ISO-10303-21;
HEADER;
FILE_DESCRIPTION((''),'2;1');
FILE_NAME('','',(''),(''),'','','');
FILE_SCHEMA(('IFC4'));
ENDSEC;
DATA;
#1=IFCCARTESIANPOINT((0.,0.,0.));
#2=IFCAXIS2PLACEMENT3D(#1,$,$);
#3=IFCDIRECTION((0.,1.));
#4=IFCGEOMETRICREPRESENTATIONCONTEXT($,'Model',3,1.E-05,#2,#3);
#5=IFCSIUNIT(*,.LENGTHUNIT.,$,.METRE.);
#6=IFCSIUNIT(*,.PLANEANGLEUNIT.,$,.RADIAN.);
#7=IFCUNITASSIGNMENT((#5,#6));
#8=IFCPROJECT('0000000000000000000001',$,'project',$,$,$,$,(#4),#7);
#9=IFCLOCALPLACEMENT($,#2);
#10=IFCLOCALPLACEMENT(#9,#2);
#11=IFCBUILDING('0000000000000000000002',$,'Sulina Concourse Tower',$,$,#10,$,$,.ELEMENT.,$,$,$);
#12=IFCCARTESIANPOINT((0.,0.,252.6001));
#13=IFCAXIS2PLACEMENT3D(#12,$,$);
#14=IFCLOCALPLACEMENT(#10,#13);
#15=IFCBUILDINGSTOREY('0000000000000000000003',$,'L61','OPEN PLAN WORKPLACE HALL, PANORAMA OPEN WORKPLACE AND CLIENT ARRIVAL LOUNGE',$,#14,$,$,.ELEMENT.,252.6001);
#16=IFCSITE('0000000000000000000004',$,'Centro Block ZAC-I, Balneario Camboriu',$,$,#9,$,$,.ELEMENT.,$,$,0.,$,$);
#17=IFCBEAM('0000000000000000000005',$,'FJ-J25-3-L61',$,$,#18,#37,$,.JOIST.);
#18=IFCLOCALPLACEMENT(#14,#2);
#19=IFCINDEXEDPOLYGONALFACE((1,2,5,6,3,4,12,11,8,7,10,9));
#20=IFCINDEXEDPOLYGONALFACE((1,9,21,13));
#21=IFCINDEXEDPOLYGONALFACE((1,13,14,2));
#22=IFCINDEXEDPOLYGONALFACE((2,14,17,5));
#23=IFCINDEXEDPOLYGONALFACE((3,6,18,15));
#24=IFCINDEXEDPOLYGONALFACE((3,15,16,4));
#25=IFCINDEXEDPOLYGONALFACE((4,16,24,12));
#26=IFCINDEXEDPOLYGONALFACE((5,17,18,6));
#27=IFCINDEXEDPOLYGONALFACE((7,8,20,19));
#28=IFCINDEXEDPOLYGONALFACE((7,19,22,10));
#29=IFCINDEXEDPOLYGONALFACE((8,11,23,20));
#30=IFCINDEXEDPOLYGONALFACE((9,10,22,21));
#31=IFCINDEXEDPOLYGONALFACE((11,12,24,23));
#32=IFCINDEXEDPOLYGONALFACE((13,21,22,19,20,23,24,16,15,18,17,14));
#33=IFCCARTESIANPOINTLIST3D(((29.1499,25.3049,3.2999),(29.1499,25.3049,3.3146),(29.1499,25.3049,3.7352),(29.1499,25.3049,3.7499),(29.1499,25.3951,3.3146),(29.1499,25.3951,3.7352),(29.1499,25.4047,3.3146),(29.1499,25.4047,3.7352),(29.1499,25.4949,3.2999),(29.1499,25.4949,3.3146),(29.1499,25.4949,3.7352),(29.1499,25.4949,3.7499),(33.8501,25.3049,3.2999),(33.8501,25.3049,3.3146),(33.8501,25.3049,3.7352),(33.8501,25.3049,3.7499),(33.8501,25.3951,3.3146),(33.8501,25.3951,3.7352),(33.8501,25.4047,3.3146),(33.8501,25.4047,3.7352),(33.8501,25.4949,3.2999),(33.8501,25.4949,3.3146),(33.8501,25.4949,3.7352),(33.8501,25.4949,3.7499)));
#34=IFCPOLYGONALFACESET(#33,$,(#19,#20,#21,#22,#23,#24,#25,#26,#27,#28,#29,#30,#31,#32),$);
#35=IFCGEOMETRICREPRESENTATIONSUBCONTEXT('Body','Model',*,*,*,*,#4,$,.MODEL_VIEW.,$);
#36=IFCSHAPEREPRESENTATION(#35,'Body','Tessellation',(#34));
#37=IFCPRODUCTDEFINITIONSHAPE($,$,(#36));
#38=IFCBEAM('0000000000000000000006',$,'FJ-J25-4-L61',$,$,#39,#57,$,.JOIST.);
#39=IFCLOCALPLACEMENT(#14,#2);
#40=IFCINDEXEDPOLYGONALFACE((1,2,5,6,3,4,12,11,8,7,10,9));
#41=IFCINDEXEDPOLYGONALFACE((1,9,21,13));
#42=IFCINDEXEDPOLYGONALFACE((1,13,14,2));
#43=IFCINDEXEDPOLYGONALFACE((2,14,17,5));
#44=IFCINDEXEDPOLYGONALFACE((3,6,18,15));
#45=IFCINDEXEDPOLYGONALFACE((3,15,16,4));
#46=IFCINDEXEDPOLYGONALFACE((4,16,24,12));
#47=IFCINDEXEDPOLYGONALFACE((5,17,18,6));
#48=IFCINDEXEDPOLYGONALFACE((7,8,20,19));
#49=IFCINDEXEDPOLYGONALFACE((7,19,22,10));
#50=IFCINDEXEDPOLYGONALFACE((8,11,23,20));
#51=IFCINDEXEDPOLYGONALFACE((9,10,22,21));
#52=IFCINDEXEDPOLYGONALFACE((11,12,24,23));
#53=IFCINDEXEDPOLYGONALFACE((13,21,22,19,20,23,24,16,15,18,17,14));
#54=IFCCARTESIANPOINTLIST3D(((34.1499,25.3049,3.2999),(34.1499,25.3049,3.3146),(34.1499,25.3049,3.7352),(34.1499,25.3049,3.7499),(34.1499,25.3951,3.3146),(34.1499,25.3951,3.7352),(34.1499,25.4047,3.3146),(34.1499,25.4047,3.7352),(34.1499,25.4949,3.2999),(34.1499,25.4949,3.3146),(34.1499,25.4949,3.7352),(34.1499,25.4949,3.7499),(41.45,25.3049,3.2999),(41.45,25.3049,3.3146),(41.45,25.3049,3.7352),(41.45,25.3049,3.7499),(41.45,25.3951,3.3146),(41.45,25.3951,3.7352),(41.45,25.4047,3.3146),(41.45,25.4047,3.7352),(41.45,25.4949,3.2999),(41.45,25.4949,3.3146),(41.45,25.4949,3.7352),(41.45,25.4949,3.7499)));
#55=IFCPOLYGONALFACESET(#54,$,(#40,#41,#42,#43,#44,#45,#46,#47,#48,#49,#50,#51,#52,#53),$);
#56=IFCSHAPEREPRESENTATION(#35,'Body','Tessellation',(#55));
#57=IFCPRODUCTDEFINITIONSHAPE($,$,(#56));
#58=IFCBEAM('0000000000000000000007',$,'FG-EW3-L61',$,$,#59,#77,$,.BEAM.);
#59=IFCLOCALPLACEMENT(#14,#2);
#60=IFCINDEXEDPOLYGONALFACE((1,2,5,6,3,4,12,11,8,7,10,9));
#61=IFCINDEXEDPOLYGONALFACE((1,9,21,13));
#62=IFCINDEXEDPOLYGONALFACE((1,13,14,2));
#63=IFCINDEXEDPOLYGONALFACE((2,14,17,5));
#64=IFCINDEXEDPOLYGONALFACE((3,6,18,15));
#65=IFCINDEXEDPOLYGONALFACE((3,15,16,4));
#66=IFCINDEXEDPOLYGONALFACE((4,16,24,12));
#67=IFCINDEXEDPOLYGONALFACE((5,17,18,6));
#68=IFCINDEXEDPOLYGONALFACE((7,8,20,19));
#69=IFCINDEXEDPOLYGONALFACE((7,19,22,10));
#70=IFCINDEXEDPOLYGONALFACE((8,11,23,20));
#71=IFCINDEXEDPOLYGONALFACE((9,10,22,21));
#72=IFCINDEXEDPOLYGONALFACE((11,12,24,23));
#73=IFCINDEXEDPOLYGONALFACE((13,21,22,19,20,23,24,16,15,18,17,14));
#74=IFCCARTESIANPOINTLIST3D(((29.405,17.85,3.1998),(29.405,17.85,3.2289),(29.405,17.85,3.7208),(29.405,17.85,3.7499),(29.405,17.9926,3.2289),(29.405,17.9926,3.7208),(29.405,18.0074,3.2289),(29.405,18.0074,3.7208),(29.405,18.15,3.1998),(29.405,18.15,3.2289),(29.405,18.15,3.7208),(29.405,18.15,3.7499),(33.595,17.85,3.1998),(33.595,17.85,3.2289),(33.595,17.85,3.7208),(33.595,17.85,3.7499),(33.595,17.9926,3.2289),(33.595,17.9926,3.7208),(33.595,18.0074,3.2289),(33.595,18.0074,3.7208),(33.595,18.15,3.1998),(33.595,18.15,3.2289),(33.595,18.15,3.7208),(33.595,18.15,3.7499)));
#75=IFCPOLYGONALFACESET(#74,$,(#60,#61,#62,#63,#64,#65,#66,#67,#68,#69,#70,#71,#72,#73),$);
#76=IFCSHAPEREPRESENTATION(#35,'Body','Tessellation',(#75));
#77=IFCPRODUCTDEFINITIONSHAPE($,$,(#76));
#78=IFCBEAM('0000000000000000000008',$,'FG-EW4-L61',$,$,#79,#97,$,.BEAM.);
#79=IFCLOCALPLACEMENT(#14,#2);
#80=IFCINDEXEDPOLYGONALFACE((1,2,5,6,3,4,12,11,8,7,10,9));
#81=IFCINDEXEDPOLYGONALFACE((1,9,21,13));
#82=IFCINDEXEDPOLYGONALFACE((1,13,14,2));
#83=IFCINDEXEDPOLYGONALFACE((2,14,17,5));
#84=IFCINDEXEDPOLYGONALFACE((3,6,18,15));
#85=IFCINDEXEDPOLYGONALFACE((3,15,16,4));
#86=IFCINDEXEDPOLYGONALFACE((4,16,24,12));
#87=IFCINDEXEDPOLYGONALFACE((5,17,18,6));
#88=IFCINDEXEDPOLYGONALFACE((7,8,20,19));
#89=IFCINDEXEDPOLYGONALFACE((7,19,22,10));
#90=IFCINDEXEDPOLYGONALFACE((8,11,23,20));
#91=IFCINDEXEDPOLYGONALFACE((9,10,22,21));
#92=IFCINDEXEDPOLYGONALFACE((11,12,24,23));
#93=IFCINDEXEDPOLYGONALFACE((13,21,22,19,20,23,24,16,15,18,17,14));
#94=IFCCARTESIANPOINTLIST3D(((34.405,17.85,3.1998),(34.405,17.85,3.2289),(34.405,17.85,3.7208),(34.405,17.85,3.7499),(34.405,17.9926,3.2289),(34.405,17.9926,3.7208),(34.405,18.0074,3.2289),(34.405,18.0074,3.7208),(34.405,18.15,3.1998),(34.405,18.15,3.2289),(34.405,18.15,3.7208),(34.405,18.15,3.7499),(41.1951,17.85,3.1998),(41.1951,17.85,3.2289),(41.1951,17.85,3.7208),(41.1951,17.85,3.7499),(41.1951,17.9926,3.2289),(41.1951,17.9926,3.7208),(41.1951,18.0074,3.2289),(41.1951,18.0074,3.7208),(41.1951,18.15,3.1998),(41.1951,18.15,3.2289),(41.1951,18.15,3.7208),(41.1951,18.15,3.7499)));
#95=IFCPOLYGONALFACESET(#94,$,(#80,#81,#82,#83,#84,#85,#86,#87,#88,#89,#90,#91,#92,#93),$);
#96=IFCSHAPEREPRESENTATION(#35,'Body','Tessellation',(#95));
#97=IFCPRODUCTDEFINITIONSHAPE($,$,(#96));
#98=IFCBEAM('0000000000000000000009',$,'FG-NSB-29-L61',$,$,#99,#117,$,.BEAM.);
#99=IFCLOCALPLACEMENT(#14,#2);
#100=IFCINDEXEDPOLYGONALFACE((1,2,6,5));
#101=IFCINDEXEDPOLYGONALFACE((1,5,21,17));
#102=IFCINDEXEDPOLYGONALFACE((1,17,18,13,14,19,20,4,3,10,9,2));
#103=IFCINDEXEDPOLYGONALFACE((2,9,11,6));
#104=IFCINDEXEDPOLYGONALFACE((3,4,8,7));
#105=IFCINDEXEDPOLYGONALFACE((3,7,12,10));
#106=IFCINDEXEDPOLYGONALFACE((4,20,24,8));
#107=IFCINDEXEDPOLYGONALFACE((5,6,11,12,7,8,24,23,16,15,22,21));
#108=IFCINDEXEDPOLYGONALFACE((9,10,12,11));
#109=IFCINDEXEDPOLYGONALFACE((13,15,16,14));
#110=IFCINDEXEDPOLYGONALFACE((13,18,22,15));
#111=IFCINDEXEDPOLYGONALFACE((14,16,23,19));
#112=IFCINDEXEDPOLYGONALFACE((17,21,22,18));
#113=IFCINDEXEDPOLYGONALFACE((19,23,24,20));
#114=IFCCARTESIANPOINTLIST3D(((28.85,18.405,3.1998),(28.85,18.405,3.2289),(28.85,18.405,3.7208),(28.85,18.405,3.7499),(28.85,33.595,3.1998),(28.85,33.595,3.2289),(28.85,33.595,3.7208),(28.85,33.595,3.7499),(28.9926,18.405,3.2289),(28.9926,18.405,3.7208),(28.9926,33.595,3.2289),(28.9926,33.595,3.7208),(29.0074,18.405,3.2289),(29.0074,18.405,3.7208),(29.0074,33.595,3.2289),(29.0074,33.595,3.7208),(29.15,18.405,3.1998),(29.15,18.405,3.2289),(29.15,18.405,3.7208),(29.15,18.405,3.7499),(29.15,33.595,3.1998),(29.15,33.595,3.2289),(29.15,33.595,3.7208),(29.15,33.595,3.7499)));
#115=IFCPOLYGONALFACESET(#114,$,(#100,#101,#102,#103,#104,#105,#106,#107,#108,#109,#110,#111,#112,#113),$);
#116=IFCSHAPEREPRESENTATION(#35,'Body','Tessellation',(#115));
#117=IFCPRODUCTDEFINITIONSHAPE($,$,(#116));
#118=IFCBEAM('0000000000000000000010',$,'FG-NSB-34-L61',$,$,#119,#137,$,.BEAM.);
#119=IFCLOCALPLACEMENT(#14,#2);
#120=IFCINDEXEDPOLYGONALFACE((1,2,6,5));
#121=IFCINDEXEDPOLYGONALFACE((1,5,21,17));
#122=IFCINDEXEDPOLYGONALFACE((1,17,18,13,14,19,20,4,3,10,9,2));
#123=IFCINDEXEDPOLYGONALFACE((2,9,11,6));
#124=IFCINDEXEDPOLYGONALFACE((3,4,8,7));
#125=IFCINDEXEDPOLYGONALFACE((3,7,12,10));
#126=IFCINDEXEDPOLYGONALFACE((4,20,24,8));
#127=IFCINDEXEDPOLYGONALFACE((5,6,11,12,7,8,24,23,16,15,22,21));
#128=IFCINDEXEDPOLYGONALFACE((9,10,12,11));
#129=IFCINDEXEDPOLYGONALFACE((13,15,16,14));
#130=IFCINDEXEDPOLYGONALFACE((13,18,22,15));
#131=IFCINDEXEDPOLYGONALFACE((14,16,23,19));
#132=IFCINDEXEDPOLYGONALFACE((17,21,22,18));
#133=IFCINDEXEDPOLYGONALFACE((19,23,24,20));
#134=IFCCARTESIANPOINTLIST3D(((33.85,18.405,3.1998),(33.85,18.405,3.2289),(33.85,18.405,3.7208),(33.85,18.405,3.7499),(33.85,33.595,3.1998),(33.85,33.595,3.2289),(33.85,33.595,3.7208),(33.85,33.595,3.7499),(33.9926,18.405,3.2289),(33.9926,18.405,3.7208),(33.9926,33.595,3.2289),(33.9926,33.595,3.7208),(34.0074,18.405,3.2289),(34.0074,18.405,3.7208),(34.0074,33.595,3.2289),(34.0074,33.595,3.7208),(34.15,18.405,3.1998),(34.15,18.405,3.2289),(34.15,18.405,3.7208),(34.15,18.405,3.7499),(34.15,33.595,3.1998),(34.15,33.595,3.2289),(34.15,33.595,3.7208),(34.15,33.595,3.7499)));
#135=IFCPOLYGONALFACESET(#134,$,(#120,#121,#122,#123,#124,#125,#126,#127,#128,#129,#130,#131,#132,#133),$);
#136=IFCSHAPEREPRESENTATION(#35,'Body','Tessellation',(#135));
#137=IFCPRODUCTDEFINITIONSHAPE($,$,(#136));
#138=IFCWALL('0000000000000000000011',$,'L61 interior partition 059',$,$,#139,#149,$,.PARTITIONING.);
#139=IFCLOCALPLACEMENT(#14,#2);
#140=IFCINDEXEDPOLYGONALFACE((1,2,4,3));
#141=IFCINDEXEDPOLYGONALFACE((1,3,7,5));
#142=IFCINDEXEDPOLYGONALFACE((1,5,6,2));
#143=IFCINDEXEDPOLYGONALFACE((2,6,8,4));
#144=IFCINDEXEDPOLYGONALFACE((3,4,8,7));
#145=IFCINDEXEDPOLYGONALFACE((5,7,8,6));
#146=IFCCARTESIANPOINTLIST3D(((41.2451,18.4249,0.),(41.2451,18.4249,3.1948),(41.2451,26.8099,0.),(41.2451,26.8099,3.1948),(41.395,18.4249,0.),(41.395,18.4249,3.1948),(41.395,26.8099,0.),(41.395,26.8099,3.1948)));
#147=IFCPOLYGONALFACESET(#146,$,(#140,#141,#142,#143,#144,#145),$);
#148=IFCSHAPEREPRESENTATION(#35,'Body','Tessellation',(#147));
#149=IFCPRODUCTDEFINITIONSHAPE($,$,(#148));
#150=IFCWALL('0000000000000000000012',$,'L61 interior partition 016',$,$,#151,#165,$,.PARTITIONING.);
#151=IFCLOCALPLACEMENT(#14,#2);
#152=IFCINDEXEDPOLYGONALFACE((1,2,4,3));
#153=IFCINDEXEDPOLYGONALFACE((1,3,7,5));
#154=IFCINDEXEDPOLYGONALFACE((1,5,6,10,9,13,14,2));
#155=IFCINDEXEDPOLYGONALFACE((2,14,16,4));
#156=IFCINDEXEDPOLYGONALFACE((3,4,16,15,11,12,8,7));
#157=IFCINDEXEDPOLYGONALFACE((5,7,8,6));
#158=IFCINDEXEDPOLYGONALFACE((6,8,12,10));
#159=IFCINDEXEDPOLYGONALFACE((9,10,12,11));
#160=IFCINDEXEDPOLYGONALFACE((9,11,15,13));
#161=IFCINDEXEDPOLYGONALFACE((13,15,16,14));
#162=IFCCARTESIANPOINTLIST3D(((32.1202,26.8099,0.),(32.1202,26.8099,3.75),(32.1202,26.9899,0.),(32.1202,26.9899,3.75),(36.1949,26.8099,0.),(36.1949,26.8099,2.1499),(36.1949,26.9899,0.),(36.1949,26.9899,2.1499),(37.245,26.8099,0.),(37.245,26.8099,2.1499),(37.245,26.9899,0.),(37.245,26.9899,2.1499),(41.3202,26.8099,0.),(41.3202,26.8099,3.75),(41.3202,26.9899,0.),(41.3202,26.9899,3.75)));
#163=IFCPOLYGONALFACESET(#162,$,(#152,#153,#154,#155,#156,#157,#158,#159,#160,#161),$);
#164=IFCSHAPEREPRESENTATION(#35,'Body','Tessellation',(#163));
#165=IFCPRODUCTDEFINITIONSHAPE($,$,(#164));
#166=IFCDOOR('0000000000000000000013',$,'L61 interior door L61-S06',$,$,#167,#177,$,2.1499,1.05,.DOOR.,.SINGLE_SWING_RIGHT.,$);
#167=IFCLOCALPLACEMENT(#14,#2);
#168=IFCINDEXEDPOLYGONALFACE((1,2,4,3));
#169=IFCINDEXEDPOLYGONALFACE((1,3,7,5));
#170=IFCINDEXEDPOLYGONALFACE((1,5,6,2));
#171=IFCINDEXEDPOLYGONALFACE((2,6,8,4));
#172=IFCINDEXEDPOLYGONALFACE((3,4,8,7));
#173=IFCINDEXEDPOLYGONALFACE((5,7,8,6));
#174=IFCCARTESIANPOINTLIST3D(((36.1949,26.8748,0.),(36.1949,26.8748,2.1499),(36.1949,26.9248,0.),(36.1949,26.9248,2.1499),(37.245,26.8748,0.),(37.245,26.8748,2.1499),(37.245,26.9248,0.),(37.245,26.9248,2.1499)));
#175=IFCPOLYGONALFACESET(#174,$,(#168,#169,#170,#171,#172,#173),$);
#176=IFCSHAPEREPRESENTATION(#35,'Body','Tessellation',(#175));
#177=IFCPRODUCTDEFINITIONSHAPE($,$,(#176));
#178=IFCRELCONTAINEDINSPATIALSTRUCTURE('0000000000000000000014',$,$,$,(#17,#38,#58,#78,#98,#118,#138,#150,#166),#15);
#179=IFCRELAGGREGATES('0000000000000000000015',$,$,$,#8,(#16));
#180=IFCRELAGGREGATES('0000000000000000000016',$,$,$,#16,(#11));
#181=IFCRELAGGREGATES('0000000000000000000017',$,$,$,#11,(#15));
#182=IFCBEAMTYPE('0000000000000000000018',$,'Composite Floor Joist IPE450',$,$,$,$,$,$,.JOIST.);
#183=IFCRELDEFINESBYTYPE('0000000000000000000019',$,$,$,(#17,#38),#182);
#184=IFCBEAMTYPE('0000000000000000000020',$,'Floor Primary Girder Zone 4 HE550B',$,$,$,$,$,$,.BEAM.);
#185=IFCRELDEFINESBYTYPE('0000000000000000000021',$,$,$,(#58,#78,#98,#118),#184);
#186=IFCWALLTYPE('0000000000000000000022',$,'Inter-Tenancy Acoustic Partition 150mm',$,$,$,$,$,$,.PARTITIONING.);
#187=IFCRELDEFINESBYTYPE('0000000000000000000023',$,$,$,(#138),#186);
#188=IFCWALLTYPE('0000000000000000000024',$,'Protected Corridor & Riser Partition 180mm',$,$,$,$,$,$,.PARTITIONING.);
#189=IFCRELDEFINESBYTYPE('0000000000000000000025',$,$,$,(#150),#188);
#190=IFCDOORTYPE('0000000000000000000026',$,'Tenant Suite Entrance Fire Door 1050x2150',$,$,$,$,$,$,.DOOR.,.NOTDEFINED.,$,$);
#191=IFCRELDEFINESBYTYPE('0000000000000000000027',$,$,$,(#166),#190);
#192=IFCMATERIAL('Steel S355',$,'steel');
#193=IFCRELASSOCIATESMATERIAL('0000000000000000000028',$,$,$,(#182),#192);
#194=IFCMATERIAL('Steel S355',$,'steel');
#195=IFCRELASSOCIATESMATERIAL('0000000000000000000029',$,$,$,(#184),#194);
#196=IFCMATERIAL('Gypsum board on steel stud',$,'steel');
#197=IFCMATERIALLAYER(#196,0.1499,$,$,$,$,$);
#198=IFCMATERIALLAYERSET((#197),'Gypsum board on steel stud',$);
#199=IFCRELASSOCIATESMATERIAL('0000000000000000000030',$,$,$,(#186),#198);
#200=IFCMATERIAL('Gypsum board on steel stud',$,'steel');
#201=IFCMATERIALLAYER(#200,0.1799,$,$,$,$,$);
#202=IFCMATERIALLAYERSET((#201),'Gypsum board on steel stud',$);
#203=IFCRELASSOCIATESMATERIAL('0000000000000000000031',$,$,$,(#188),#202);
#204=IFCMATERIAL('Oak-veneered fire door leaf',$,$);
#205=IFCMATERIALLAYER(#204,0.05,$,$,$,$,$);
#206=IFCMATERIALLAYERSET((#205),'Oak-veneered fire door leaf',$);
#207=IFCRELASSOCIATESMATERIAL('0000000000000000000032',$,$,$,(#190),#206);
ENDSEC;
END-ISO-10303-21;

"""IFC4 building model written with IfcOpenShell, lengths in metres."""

from ifc_helpers import new_model, si_unit, direction, frame, frame_2d, origin, origin_2d, place, context, subcontext, project, spatial, rectangle, i_section, extrude, material, layer, layer_set, material_profile, profile_set, type_object, element, fill, save


model = new_model("IFC4")

# Units and contexts
model_context = context("Model", 3, precision=1e-05, world=origin(), true_north=direction((0.0, 1.0)))
body_context = subcontext(model_context, "Body", "Model", "MODEL_VIEW")
ifc_project = project(units=[si_unit("LENGTHUNIT", "METRE"), si_unit("PLANEANGLEUNIT", "RADIAN")], contexts=[model_context])

# Site, building, storey
site_placement = place(None, origin())
site = spatial("IfcSite", under=ifc_project, at=site_placement, Name="Centro Block ZAC-I, Balneario Camboriu", CompositionType="ELEMENT", RefElevation=0.0)
building_placement = place(site_placement, origin())
building = spatial("IfcBuilding", under=site, at=building_placement, Name="Sulina Concourse Tower", CompositionType="ELEMENT")
storey_placement = place(building_placement, frame((0.0, 0.0, 252.6001)))
storey = spatial("IfcBuildingStorey", under=building, at=storey_placement, Name="L61", Description="OPEN PLAN WORKPLACE HALL, PANORAMA OPEN WORKPLACE AND CLIENT ARRIVAL LOUNGE", CompositionType="ELEMENT", Elevation=252.6001)

# Beams
ifc_material_1 = material(Name="Steel S355", Category="steel")
ifc_material_profile_1 = material_profile(ifc_material_1, i_section(OverallWidth=0.1899, OverallDepth=0.45, WebThickness=0.0095, FlangeThickness=0.0146, at=origin_2d()), Name="IPE 450")
ifc_profile_set_1 = profile_set([ifc_material_profile_1], Name="Steel S355")
beam_type_1 = type_object("IfcBeamType", Name="Composite Floor Joist IPE450", PredefinedType="JOIST", material=ifc_profile_set_1)
beam_1_placement = place(storey_placement, frame((29.1499, 25.3999, 3.5249), z_axis=(1.0, 0.0, 0.0), x_axis=(0.0, 1.0, 0.0)))
element("IfcBeam", 1, at=beam_1_placement, inside=storey, type_object=beam_type_1, Name="FJ-J25-3-L61", PredefinedType="JOIST", context=body_context, shape_type="SweptSolid", body=[
    extrude(i_section(OverallWidth=0.1899, OverallDepth=0.45, WebThickness=0.0095, FlangeThickness=0.0146, at=origin_2d()), origin(), (0.0, 0.0, 1.0), 4.7002),
])
beam_2_placement = place(storey_placement, frame((34.1499, 25.3999, 3.5249), z_axis=(1.0, 0.0, 0.0), x_axis=(0.0, 1.0, 0.0)))
element("IfcBeam", 2, at=beam_2_placement, inside=storey, type_object=beam_type_1, Name="FJ-J25-4-L61", PredefinedType="JOIST", context=body_context, shape_type="SweptSolid", body=[
    extrude(i_section(OverallWidth=0.1899, OverallDepth=0.45, WebThickness=0.0095, FlangeThickness=0.0146, at=origin_2d()), origin(), (0.0, 0.0, 1.0), 7.3),
])
ifc_material_2 = material(Name="Steel S355", Category="steel")
ifc_material_profile_2 = material_profile(ifc_material_2, i_section(OverallWidth=0.3, OverallDepth=0.55, WebThickness=0.0149, FlangeThickness=0.0291, at=origin_2d()), Name="HE 550 B")
ifc_profile_set_2 = profile_set([ifc_material_profile_2], Name="Steel S355")
beam_type_2 = type_object("IfcBeamType", Name="Floor Primary Girder Zone 4 HE550B", PredefinedType="BEAM", material=ifc_profile_set_2)
beam_3_placement = place(storey_placement, frame((29.405, 18.0, 3.4749), z_axis=(1.0, 0.0, 0.0), x_axis=(0.0, 1.0, 0.0)))
element("IfcBeam", 3, at=beam_3_placement, inside=storey, type_object=beam_type_2, Name="FG-EW3-L61", PredefinedType="BEAM", context=body_context, shape_type="SweptSolid", body=[
    extrude(i_section(OverallWidth=0.3, OverallDepth=0.55, WebThickness=0.0149, FlangeThickness=0.0291, at=origin_2d()), origin(), (0.0, 0.0, 1.0), 4.1899),
])
beam_4_placement = place(storey_placement, frame((34.405, 18.0, 3.4749), z_axis=(1.0, 0.0, 0.0), x_axis=(0.0, 1.0, 0.0)))
element("IfcBeam", 4, at=beam_4_placement, inside=storey, type_object=beam_type_2, Name="FG-EW4-L61", PredefinedType="BEAM", context=body_context, shape_type="SweptSolid", body=[
    extrude(i_section(OverallWidth=0.3, OverallDepth=0.55, WebThickness=0.0149, FlangeThickness=0.0291, at=origin_2d()), origin(), (0.0, 0.0, 1.0), 6.79),
])
for number, where, z_axis, x_axis, name in (
    (5, (29.0, 18.405, 3.4749), (0.0, 1.0, 0.0), (-1.0, 0.0, 0.0), "FG-NSB-29-L61"),
    (6, (34.0, 18.405, 3.4749), (0.0, 1.0, 0.0), (-1.0, 0.0, 0.0), "FG-NSB-34-L61"),
):
    element("IfcBeam", number, at=place(storey_placement, frame(where, z_axis=z_axis, x_axis=x_axis)), inside=storey, type_object=beam_type_2, Name=name, PredefinedType="BEAM", context=body_context, shape_type="SweptSolid", body=[
        extrude(i_section(OverallWidth=0.3, OverallDepth=0.55, WebThickness=0.0149, FlangeThickness=0.0291, at=origin_2d()), origin(), (0.0, 0.0, 1.0), 15.1899),
    ])

# Wall
ifc_material_3 = material(Name="Gypsum board on steel stud", Category="steel")
ifc_layer_1 = layer(ifc_material_3, 0.1499)
ifc_layer_set_1 = layer_set([ifc_layer_1], Name="Gypsum board on steel stud")
wall_type_1 = type_object("IfcWallType", Name="Inter-Tenancy Acoustic Partition 150mm", PredefinedType="PARTITIONING", material=ifc_layer_set_1)
wall_1_placement = place(storey_placement, frame((41.3201, 18.425, 0.0), z_axis=(0.0, 0.0, 1.0), x_axis=(0.0, 1.0, 0.0)))
element("IfcWall", 7, at=wall_1_placement, inside=storey, type_object=wall_type_1, Name="L61 interior partition 059", PredefinedType="PARTITIONING", context=body_context, shape_type="SweptSolid", body=[
    extrude(rectangle(XDim=8.385, YDim=0.1499, at=frame_2d((4.1924, 0.0))), origin(), (0.0, 0.0, 1.0), 3.1948),
])

# Wall, opening, door
ifc_material_4 = material(Name="Gypsum board on steel stud", Category="steel")
ifc_layer_2 = layer(ifc_material_4, 0.1799)
ifc_layer_set_2 = layer_set([ifc_layer_2], Name="Gypsum board on steel stud")
wall_type_2 = type_object("IfcWallType", Name="Protected Corridor & Riser Partition 180mm", PredefinedType="PARTITIONING", material=ifc_layer_set_2)
wall_2_placement = place(storey_placement, frame((32.1201, 26.8999, 0.0), z_axis=(0.0, 0.0, 1.0), x_axis=(1.0, 0.0, 0.0)))
wall_2 = element("IfcWall", 8, at=wall_2_placement, inside=storey, type_object=wall_type_2, Name="L61 interior partition 016", PredefinedType="PARTITIONING", context=body_context, shape_type="SweptSolid", body=[
    extrude(rectangle(XDim=9.2, YDim=0.1799, at=frame_2d((4.6001, 0.0))), origin(), (0.0, 0.0, 1.0), 3.75),
])
opening_1_placement = place(wall_2_placement, frame((4.075, 0.0, 0.0)))
opening_1 = element("IfcOpeningElement", 9, at=opening_1_placement, cuts=wall_2, PredefinedType="OPENING", context=body_context, shape_type="SweptSolid", body=[
    extrude(rectangle(XDim=1.05, YDim=2.1499, at=frame_2d((0.5249, 1.075))), frame((0.0, 0.0999, 0.0), z_axis=(0.0, -1.0, 0.0), x_axis=(1.0, 0.0, 0.0)), (0.0, 0.0, 1.0), 0.2),
])
ifc_material_5 = material(Name="Oak-veneered fire door leaf")
ifc_layer_3 = layer(ifc_material_5, 0.05)
ifc_layer_set_3 = layer_set([ifc_layer_3], Name="Oak-veneered fire door leaf")
door_type_1 = type_object("IfcDoorType", Name="Tenant Suite Entrance Fire Door 1050x2150", OperationType="NOTDEFINED", PredefinedType="DOOR", material=ifc_layer_set_3)
door_1_placement = place(opening_1_placement, origin())
door_1 = element("IfcDoor", 10, at=door_1_placement, inside=storey, type_object=door_type_1, Name="L61 interior door L61-S06", OperationType="SINGLE_SWING_RIGHT", OverallHeight=2.1499, OverallWidth=1.05, PredefinedType="DOOR", context=body_context, shape_type="SweptSolid", body=[
    extrude(rectangle(XDim=1.05, YDim=2.1499, at=frame_2d((0.5249, 1.075))), frame((0.0, 0.0249, 0.0), z_axis=(0.0, -1.0, 0.0), x_axis=(1.0, 0.0, 0.0)), (0.0, 0.0, 1.0), 0.05),
])
fill(opening_1, door_1)

save(model, "model.ifc")
